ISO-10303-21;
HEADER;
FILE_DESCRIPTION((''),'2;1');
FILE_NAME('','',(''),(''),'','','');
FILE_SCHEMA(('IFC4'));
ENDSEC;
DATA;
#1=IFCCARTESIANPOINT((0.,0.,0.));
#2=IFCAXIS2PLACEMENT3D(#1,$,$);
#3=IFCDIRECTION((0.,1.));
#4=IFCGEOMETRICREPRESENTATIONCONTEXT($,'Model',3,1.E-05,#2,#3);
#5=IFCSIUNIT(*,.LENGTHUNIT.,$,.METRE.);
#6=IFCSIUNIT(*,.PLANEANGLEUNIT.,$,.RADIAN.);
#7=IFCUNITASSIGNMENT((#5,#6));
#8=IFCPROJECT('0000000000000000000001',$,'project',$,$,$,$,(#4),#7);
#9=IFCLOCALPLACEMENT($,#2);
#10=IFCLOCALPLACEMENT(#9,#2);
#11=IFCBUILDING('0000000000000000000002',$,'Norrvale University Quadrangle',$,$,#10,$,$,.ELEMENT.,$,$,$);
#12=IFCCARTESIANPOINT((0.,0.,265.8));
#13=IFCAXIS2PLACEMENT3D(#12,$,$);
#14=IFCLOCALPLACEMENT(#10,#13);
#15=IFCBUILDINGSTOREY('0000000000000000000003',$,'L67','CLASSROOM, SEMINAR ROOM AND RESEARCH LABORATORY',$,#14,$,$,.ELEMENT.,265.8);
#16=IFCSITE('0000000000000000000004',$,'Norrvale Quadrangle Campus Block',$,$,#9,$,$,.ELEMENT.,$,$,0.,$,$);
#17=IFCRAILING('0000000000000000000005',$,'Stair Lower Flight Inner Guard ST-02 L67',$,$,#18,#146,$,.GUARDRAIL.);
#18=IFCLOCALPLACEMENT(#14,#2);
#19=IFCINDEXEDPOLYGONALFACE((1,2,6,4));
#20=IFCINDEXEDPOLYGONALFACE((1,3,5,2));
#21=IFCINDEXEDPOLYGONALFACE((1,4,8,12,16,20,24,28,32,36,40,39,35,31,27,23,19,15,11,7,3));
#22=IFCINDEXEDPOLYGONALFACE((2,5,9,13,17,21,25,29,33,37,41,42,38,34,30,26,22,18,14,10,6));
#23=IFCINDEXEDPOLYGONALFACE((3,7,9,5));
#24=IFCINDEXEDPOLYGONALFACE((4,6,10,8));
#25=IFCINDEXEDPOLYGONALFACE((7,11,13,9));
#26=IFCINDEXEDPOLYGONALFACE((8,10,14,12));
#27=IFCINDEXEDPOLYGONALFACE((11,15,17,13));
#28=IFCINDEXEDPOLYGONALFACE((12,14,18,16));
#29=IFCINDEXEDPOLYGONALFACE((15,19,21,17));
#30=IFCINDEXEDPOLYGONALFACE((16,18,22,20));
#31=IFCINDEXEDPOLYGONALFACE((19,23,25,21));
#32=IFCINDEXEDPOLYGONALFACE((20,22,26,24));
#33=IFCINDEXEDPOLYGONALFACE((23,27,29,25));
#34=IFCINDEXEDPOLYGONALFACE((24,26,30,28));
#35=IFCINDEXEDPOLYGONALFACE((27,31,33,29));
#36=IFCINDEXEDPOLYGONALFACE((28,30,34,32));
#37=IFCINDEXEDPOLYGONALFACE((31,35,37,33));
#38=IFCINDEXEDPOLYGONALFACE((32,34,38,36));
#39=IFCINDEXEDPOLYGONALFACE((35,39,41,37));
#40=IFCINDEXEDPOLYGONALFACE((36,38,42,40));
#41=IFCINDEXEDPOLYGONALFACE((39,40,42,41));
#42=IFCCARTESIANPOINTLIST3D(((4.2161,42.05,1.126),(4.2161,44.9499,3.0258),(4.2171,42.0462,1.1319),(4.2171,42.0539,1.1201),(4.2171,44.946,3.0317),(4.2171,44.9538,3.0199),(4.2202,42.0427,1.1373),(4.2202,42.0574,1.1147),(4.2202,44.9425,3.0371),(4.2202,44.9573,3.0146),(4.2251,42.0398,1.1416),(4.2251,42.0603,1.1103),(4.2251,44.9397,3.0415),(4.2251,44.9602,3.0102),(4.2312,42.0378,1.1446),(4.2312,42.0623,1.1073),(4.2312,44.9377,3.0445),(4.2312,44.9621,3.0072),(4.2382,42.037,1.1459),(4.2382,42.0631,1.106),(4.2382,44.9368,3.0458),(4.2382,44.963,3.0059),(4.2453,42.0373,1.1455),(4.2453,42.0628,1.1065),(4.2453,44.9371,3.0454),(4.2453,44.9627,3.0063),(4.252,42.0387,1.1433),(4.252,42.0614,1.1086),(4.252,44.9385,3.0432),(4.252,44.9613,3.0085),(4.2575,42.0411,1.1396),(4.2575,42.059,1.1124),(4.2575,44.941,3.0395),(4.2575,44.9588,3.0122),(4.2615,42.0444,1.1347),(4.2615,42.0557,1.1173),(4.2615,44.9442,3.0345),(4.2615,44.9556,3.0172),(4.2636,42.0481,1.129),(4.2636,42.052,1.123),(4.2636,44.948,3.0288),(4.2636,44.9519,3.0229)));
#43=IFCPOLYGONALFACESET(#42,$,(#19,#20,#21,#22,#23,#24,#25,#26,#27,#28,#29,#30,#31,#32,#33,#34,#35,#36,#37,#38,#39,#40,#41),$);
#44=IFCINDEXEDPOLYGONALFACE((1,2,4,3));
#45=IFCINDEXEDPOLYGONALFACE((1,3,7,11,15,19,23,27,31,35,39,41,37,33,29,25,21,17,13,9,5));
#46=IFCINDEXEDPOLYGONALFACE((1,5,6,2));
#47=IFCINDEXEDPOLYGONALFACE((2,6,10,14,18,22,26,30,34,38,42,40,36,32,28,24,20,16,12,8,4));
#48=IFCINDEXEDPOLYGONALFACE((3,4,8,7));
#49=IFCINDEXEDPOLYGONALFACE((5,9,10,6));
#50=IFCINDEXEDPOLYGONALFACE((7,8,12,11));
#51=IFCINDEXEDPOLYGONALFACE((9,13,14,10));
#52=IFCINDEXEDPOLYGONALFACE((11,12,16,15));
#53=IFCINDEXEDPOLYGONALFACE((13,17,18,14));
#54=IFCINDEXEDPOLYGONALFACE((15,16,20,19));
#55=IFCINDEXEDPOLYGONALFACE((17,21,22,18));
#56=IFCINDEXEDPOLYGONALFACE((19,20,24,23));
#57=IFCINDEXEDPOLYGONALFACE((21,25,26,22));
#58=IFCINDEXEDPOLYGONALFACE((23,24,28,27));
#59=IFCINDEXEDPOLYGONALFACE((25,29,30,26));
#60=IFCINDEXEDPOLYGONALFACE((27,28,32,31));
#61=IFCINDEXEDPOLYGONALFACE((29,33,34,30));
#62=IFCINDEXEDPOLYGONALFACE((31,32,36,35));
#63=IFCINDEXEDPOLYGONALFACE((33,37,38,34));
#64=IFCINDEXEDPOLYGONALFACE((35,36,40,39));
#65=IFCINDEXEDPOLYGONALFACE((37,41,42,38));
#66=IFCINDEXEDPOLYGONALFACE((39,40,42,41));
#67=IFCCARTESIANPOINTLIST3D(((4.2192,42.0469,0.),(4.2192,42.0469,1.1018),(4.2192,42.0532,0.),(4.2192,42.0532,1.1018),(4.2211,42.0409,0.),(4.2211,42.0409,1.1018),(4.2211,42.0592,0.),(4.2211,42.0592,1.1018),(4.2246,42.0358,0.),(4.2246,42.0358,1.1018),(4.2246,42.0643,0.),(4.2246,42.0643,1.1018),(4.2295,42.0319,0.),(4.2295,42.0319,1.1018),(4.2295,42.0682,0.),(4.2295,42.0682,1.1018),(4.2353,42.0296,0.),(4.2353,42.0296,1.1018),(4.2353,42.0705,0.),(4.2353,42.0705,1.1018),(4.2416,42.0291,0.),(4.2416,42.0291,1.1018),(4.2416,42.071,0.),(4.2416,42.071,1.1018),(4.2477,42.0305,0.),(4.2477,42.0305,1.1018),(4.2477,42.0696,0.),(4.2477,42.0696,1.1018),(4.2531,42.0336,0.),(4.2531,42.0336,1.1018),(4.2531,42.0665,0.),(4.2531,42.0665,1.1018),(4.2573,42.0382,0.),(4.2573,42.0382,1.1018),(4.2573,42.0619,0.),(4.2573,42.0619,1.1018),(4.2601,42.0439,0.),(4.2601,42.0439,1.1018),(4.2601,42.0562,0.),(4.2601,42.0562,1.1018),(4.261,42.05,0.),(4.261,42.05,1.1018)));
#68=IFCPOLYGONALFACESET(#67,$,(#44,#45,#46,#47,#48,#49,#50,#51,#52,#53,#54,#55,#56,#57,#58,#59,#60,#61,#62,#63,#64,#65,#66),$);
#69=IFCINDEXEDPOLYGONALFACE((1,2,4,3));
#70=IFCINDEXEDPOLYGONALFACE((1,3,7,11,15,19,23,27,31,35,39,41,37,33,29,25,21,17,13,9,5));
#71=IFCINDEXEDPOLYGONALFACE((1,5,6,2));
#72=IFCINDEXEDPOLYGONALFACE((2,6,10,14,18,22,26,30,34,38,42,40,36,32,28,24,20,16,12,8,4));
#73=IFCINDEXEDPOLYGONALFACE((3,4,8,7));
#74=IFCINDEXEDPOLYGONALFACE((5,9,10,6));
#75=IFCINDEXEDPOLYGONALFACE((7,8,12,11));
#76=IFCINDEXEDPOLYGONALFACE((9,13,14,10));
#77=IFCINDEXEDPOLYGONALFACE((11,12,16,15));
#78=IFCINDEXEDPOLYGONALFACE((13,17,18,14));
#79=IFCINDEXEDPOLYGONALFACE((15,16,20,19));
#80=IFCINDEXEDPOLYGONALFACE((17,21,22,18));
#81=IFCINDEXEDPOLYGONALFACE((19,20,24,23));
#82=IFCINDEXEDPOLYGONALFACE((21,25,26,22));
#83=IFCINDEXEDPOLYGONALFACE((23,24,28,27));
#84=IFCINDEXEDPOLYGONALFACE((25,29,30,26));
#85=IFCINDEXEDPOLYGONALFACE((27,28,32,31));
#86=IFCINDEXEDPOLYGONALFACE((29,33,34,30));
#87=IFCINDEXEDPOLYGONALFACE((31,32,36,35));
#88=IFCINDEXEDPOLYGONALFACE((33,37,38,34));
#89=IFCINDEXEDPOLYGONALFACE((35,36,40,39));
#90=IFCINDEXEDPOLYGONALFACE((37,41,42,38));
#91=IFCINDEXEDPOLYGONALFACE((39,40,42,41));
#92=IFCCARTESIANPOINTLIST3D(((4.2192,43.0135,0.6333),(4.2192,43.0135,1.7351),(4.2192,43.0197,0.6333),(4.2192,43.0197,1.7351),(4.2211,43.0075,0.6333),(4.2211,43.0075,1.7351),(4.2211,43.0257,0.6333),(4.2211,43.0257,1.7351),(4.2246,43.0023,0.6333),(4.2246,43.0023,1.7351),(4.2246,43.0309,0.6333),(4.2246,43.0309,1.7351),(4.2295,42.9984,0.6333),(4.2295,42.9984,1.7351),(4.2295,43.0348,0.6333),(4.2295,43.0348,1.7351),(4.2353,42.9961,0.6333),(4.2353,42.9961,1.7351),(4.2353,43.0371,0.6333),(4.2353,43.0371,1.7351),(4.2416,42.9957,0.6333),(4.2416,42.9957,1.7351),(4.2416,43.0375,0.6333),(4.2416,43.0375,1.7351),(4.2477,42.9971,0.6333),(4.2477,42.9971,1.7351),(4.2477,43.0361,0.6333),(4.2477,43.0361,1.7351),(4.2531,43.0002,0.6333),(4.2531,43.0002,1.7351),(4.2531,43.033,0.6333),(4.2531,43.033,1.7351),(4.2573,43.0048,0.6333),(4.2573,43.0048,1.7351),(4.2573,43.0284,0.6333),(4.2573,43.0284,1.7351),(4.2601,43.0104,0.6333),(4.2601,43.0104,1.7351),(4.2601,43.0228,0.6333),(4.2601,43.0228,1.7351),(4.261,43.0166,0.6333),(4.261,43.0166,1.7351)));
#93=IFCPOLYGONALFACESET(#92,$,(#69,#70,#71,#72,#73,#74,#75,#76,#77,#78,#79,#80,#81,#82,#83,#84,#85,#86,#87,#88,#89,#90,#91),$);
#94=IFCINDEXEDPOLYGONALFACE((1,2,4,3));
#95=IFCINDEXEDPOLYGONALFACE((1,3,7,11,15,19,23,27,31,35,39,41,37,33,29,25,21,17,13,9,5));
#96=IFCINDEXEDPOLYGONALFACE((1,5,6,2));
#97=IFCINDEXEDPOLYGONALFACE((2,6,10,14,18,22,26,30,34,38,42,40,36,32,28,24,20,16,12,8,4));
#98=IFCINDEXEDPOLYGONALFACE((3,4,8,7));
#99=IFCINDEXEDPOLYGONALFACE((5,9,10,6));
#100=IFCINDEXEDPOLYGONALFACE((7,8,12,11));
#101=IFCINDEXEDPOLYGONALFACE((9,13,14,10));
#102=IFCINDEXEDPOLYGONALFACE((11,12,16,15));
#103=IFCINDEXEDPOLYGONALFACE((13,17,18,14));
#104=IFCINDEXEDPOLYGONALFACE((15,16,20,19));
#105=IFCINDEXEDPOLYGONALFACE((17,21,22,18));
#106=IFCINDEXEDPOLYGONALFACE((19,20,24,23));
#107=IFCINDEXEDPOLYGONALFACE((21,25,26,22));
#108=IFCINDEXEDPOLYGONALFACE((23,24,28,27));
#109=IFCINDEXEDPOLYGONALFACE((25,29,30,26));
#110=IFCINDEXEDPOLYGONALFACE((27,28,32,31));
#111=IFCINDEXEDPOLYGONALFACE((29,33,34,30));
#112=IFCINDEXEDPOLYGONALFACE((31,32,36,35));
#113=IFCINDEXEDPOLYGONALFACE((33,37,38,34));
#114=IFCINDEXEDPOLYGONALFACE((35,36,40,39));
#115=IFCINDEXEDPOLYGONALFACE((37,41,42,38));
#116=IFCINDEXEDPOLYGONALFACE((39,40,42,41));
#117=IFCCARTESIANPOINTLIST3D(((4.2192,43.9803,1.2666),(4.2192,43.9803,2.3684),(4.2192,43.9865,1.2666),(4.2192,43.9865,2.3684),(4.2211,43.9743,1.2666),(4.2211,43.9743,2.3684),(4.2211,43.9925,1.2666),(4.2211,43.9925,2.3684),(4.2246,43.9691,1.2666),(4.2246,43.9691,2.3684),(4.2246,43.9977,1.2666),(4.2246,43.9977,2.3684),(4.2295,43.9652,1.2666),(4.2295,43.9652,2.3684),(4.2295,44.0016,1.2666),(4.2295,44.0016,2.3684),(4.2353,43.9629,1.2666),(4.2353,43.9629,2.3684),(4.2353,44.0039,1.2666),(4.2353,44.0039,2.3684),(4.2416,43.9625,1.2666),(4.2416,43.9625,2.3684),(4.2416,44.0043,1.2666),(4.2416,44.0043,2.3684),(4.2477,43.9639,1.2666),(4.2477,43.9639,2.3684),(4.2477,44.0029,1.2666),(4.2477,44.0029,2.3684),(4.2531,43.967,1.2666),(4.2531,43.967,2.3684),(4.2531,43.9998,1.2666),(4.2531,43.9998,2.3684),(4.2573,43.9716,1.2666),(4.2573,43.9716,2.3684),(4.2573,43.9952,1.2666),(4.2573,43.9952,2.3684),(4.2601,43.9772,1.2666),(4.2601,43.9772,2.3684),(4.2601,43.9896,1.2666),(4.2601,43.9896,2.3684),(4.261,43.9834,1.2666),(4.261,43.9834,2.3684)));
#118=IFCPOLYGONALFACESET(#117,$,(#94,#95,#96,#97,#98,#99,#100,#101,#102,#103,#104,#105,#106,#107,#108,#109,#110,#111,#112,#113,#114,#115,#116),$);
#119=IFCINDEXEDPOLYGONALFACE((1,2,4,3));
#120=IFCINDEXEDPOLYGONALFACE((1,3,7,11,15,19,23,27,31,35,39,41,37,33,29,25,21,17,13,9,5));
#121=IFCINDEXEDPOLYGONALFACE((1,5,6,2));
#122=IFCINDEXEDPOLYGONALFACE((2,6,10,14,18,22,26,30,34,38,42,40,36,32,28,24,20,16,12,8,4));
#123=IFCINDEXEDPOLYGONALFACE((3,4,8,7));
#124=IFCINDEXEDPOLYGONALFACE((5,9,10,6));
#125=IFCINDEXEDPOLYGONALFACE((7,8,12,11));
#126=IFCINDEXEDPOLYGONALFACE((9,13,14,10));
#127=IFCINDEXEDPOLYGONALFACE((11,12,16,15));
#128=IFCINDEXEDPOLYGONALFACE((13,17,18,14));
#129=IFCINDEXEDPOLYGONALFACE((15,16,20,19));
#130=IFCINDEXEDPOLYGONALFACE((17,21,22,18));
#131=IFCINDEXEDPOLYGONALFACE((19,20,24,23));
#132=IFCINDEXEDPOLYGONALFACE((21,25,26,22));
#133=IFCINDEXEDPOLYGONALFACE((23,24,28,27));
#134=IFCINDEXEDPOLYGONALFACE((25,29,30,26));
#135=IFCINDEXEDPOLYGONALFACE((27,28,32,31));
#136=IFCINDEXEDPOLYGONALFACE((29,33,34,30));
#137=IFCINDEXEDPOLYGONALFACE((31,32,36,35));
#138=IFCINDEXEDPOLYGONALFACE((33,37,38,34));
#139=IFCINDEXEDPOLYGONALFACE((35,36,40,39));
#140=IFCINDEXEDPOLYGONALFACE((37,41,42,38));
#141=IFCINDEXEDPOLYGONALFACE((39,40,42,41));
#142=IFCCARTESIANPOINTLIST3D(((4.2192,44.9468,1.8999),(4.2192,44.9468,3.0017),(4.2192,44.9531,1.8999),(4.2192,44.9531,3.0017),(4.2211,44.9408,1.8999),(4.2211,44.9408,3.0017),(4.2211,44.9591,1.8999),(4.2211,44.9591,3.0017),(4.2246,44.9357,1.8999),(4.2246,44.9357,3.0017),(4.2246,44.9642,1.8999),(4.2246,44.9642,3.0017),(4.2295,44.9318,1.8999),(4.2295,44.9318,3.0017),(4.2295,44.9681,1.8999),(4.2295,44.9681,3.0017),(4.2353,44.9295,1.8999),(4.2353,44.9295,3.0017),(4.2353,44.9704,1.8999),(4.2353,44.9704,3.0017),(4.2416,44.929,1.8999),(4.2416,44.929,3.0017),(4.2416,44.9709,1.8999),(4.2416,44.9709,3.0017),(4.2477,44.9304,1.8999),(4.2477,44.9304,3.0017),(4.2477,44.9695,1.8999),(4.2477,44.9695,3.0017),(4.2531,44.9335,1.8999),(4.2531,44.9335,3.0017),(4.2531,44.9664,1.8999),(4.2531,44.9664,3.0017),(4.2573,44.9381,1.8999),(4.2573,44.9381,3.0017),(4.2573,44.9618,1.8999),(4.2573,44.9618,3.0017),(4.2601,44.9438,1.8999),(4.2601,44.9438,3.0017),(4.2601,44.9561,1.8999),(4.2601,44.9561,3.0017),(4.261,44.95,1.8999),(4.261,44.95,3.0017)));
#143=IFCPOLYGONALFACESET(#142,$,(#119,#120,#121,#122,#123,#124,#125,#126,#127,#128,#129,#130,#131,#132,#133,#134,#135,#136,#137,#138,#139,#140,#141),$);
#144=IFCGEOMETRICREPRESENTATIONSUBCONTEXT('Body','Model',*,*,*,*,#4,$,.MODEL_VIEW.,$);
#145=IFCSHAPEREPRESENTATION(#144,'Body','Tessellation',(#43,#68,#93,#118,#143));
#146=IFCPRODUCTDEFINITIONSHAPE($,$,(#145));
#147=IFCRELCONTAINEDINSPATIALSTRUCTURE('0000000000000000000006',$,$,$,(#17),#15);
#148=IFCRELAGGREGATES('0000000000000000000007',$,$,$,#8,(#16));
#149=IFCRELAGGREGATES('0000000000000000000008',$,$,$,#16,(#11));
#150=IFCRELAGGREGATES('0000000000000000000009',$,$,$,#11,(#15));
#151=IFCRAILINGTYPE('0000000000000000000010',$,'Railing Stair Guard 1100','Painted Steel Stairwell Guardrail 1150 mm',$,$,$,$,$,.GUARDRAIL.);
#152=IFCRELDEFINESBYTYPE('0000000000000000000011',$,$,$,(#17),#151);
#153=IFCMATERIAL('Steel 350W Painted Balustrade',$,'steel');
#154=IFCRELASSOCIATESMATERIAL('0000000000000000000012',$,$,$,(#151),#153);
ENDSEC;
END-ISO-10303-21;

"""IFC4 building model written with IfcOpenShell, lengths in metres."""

from ifc_helpers import new_model, si_unit, direction, frame, origin, origin_2d, place, context, subcontext, project, spatial, circle, extrude, material, type_object, element, save


model = new_model("IFC4")

# Units and contexts
model_context = context("Model", 3, precision=1e-05, world=origin(), true_north=direction((0.0, 1.0)))
body_context = subcontext(model_context, "Body", "Model", "MODEL_VIEW")
ifc_project = project(units=[si_unit("LENGTHUNIT", "METRE"), si_unit("PLANEANGLEUNIT", "RADIAN")], contexts=[model_context])

# Site, building, storey
site_placement = place(None, origin())
site = spatial("IfcSite", under=ifc_project, at=site_placement, Name="Norrvale Quadrangle Campus Block", CompositionType="ELEMENT", RefElevation=0.0)
building_placement = place(site_placement, origin())
building = spatial("IfcBuilding", under=site, at=building_placement, Name="Norrvale University Quadrangle", CompositionType="ELEMENT")
storey_placement = place(building_placement, frame((0.0, 0.0, 265.8)))
storey = spatial("IfcBuildingStorey", under=building, at=storey_placement, Name="L67", Description="CLASSROOM, SEMINAR ROOM AND RESEARCH LABORATORY", CompositionType="ELEMENT", Elevation=265.8)

# Railing
ifc_material_1 = material(Name="Steel 350W Painted Balustrade", Category="steel")
railing_type_1 = type_object("IfcRailingType", Name="Railing Stair Guard 1100", Description="Painted Steel Stairwell Guardrail 1150 mm", PredefinedType="GUARDRAIL", material=ifc_material_1)
railing_1_placement = place(storey_placement, frame((4.24, 42.05, 0.0)))
element("IfcRailing", 1, at=railing_1_placement, inside=storey, type_object=railing_type_1, Name="Stair Lower Flight Inner Guard ST-02 L67", PredefinedType="GUARDRAIL", context=body_context, shape_type="SweptSolid", body=[
    extrude(circle(Radius=0.0239, at=origin_2d()), frame((0.0, 0.0, 1.126), z_axis=(0.0, 0.836466, 0.548019), x_axis=(-1.0, 0.0, 0.0)), (0.0, 0.0, 1.0), 3.4668),
    extrude(circle(Radius=0.021, at=origin_2d()), origin(), (0.0, 0.0, 1.0), 1.1018),
    extrude(circle(Radius=0.021, at=origin_2d()), frame((0.0, 0.9666, 0.6333)), (0.0, 0.0, 1.0), 1.1018),
    extrude(circle(Radius=0.021, at=origin_2d()), frame((0.0, 1.9333, 1.2666)), (0.0, 0.0, 1.0), 1.1018),
    extrude(circle(Radius=0.021, at=origin_2d()), frame((0.0, 2.8999, 1.8999)), (0.0, 0.0, 1.0), 1.1018),
])

save(model, "model.ifc")
